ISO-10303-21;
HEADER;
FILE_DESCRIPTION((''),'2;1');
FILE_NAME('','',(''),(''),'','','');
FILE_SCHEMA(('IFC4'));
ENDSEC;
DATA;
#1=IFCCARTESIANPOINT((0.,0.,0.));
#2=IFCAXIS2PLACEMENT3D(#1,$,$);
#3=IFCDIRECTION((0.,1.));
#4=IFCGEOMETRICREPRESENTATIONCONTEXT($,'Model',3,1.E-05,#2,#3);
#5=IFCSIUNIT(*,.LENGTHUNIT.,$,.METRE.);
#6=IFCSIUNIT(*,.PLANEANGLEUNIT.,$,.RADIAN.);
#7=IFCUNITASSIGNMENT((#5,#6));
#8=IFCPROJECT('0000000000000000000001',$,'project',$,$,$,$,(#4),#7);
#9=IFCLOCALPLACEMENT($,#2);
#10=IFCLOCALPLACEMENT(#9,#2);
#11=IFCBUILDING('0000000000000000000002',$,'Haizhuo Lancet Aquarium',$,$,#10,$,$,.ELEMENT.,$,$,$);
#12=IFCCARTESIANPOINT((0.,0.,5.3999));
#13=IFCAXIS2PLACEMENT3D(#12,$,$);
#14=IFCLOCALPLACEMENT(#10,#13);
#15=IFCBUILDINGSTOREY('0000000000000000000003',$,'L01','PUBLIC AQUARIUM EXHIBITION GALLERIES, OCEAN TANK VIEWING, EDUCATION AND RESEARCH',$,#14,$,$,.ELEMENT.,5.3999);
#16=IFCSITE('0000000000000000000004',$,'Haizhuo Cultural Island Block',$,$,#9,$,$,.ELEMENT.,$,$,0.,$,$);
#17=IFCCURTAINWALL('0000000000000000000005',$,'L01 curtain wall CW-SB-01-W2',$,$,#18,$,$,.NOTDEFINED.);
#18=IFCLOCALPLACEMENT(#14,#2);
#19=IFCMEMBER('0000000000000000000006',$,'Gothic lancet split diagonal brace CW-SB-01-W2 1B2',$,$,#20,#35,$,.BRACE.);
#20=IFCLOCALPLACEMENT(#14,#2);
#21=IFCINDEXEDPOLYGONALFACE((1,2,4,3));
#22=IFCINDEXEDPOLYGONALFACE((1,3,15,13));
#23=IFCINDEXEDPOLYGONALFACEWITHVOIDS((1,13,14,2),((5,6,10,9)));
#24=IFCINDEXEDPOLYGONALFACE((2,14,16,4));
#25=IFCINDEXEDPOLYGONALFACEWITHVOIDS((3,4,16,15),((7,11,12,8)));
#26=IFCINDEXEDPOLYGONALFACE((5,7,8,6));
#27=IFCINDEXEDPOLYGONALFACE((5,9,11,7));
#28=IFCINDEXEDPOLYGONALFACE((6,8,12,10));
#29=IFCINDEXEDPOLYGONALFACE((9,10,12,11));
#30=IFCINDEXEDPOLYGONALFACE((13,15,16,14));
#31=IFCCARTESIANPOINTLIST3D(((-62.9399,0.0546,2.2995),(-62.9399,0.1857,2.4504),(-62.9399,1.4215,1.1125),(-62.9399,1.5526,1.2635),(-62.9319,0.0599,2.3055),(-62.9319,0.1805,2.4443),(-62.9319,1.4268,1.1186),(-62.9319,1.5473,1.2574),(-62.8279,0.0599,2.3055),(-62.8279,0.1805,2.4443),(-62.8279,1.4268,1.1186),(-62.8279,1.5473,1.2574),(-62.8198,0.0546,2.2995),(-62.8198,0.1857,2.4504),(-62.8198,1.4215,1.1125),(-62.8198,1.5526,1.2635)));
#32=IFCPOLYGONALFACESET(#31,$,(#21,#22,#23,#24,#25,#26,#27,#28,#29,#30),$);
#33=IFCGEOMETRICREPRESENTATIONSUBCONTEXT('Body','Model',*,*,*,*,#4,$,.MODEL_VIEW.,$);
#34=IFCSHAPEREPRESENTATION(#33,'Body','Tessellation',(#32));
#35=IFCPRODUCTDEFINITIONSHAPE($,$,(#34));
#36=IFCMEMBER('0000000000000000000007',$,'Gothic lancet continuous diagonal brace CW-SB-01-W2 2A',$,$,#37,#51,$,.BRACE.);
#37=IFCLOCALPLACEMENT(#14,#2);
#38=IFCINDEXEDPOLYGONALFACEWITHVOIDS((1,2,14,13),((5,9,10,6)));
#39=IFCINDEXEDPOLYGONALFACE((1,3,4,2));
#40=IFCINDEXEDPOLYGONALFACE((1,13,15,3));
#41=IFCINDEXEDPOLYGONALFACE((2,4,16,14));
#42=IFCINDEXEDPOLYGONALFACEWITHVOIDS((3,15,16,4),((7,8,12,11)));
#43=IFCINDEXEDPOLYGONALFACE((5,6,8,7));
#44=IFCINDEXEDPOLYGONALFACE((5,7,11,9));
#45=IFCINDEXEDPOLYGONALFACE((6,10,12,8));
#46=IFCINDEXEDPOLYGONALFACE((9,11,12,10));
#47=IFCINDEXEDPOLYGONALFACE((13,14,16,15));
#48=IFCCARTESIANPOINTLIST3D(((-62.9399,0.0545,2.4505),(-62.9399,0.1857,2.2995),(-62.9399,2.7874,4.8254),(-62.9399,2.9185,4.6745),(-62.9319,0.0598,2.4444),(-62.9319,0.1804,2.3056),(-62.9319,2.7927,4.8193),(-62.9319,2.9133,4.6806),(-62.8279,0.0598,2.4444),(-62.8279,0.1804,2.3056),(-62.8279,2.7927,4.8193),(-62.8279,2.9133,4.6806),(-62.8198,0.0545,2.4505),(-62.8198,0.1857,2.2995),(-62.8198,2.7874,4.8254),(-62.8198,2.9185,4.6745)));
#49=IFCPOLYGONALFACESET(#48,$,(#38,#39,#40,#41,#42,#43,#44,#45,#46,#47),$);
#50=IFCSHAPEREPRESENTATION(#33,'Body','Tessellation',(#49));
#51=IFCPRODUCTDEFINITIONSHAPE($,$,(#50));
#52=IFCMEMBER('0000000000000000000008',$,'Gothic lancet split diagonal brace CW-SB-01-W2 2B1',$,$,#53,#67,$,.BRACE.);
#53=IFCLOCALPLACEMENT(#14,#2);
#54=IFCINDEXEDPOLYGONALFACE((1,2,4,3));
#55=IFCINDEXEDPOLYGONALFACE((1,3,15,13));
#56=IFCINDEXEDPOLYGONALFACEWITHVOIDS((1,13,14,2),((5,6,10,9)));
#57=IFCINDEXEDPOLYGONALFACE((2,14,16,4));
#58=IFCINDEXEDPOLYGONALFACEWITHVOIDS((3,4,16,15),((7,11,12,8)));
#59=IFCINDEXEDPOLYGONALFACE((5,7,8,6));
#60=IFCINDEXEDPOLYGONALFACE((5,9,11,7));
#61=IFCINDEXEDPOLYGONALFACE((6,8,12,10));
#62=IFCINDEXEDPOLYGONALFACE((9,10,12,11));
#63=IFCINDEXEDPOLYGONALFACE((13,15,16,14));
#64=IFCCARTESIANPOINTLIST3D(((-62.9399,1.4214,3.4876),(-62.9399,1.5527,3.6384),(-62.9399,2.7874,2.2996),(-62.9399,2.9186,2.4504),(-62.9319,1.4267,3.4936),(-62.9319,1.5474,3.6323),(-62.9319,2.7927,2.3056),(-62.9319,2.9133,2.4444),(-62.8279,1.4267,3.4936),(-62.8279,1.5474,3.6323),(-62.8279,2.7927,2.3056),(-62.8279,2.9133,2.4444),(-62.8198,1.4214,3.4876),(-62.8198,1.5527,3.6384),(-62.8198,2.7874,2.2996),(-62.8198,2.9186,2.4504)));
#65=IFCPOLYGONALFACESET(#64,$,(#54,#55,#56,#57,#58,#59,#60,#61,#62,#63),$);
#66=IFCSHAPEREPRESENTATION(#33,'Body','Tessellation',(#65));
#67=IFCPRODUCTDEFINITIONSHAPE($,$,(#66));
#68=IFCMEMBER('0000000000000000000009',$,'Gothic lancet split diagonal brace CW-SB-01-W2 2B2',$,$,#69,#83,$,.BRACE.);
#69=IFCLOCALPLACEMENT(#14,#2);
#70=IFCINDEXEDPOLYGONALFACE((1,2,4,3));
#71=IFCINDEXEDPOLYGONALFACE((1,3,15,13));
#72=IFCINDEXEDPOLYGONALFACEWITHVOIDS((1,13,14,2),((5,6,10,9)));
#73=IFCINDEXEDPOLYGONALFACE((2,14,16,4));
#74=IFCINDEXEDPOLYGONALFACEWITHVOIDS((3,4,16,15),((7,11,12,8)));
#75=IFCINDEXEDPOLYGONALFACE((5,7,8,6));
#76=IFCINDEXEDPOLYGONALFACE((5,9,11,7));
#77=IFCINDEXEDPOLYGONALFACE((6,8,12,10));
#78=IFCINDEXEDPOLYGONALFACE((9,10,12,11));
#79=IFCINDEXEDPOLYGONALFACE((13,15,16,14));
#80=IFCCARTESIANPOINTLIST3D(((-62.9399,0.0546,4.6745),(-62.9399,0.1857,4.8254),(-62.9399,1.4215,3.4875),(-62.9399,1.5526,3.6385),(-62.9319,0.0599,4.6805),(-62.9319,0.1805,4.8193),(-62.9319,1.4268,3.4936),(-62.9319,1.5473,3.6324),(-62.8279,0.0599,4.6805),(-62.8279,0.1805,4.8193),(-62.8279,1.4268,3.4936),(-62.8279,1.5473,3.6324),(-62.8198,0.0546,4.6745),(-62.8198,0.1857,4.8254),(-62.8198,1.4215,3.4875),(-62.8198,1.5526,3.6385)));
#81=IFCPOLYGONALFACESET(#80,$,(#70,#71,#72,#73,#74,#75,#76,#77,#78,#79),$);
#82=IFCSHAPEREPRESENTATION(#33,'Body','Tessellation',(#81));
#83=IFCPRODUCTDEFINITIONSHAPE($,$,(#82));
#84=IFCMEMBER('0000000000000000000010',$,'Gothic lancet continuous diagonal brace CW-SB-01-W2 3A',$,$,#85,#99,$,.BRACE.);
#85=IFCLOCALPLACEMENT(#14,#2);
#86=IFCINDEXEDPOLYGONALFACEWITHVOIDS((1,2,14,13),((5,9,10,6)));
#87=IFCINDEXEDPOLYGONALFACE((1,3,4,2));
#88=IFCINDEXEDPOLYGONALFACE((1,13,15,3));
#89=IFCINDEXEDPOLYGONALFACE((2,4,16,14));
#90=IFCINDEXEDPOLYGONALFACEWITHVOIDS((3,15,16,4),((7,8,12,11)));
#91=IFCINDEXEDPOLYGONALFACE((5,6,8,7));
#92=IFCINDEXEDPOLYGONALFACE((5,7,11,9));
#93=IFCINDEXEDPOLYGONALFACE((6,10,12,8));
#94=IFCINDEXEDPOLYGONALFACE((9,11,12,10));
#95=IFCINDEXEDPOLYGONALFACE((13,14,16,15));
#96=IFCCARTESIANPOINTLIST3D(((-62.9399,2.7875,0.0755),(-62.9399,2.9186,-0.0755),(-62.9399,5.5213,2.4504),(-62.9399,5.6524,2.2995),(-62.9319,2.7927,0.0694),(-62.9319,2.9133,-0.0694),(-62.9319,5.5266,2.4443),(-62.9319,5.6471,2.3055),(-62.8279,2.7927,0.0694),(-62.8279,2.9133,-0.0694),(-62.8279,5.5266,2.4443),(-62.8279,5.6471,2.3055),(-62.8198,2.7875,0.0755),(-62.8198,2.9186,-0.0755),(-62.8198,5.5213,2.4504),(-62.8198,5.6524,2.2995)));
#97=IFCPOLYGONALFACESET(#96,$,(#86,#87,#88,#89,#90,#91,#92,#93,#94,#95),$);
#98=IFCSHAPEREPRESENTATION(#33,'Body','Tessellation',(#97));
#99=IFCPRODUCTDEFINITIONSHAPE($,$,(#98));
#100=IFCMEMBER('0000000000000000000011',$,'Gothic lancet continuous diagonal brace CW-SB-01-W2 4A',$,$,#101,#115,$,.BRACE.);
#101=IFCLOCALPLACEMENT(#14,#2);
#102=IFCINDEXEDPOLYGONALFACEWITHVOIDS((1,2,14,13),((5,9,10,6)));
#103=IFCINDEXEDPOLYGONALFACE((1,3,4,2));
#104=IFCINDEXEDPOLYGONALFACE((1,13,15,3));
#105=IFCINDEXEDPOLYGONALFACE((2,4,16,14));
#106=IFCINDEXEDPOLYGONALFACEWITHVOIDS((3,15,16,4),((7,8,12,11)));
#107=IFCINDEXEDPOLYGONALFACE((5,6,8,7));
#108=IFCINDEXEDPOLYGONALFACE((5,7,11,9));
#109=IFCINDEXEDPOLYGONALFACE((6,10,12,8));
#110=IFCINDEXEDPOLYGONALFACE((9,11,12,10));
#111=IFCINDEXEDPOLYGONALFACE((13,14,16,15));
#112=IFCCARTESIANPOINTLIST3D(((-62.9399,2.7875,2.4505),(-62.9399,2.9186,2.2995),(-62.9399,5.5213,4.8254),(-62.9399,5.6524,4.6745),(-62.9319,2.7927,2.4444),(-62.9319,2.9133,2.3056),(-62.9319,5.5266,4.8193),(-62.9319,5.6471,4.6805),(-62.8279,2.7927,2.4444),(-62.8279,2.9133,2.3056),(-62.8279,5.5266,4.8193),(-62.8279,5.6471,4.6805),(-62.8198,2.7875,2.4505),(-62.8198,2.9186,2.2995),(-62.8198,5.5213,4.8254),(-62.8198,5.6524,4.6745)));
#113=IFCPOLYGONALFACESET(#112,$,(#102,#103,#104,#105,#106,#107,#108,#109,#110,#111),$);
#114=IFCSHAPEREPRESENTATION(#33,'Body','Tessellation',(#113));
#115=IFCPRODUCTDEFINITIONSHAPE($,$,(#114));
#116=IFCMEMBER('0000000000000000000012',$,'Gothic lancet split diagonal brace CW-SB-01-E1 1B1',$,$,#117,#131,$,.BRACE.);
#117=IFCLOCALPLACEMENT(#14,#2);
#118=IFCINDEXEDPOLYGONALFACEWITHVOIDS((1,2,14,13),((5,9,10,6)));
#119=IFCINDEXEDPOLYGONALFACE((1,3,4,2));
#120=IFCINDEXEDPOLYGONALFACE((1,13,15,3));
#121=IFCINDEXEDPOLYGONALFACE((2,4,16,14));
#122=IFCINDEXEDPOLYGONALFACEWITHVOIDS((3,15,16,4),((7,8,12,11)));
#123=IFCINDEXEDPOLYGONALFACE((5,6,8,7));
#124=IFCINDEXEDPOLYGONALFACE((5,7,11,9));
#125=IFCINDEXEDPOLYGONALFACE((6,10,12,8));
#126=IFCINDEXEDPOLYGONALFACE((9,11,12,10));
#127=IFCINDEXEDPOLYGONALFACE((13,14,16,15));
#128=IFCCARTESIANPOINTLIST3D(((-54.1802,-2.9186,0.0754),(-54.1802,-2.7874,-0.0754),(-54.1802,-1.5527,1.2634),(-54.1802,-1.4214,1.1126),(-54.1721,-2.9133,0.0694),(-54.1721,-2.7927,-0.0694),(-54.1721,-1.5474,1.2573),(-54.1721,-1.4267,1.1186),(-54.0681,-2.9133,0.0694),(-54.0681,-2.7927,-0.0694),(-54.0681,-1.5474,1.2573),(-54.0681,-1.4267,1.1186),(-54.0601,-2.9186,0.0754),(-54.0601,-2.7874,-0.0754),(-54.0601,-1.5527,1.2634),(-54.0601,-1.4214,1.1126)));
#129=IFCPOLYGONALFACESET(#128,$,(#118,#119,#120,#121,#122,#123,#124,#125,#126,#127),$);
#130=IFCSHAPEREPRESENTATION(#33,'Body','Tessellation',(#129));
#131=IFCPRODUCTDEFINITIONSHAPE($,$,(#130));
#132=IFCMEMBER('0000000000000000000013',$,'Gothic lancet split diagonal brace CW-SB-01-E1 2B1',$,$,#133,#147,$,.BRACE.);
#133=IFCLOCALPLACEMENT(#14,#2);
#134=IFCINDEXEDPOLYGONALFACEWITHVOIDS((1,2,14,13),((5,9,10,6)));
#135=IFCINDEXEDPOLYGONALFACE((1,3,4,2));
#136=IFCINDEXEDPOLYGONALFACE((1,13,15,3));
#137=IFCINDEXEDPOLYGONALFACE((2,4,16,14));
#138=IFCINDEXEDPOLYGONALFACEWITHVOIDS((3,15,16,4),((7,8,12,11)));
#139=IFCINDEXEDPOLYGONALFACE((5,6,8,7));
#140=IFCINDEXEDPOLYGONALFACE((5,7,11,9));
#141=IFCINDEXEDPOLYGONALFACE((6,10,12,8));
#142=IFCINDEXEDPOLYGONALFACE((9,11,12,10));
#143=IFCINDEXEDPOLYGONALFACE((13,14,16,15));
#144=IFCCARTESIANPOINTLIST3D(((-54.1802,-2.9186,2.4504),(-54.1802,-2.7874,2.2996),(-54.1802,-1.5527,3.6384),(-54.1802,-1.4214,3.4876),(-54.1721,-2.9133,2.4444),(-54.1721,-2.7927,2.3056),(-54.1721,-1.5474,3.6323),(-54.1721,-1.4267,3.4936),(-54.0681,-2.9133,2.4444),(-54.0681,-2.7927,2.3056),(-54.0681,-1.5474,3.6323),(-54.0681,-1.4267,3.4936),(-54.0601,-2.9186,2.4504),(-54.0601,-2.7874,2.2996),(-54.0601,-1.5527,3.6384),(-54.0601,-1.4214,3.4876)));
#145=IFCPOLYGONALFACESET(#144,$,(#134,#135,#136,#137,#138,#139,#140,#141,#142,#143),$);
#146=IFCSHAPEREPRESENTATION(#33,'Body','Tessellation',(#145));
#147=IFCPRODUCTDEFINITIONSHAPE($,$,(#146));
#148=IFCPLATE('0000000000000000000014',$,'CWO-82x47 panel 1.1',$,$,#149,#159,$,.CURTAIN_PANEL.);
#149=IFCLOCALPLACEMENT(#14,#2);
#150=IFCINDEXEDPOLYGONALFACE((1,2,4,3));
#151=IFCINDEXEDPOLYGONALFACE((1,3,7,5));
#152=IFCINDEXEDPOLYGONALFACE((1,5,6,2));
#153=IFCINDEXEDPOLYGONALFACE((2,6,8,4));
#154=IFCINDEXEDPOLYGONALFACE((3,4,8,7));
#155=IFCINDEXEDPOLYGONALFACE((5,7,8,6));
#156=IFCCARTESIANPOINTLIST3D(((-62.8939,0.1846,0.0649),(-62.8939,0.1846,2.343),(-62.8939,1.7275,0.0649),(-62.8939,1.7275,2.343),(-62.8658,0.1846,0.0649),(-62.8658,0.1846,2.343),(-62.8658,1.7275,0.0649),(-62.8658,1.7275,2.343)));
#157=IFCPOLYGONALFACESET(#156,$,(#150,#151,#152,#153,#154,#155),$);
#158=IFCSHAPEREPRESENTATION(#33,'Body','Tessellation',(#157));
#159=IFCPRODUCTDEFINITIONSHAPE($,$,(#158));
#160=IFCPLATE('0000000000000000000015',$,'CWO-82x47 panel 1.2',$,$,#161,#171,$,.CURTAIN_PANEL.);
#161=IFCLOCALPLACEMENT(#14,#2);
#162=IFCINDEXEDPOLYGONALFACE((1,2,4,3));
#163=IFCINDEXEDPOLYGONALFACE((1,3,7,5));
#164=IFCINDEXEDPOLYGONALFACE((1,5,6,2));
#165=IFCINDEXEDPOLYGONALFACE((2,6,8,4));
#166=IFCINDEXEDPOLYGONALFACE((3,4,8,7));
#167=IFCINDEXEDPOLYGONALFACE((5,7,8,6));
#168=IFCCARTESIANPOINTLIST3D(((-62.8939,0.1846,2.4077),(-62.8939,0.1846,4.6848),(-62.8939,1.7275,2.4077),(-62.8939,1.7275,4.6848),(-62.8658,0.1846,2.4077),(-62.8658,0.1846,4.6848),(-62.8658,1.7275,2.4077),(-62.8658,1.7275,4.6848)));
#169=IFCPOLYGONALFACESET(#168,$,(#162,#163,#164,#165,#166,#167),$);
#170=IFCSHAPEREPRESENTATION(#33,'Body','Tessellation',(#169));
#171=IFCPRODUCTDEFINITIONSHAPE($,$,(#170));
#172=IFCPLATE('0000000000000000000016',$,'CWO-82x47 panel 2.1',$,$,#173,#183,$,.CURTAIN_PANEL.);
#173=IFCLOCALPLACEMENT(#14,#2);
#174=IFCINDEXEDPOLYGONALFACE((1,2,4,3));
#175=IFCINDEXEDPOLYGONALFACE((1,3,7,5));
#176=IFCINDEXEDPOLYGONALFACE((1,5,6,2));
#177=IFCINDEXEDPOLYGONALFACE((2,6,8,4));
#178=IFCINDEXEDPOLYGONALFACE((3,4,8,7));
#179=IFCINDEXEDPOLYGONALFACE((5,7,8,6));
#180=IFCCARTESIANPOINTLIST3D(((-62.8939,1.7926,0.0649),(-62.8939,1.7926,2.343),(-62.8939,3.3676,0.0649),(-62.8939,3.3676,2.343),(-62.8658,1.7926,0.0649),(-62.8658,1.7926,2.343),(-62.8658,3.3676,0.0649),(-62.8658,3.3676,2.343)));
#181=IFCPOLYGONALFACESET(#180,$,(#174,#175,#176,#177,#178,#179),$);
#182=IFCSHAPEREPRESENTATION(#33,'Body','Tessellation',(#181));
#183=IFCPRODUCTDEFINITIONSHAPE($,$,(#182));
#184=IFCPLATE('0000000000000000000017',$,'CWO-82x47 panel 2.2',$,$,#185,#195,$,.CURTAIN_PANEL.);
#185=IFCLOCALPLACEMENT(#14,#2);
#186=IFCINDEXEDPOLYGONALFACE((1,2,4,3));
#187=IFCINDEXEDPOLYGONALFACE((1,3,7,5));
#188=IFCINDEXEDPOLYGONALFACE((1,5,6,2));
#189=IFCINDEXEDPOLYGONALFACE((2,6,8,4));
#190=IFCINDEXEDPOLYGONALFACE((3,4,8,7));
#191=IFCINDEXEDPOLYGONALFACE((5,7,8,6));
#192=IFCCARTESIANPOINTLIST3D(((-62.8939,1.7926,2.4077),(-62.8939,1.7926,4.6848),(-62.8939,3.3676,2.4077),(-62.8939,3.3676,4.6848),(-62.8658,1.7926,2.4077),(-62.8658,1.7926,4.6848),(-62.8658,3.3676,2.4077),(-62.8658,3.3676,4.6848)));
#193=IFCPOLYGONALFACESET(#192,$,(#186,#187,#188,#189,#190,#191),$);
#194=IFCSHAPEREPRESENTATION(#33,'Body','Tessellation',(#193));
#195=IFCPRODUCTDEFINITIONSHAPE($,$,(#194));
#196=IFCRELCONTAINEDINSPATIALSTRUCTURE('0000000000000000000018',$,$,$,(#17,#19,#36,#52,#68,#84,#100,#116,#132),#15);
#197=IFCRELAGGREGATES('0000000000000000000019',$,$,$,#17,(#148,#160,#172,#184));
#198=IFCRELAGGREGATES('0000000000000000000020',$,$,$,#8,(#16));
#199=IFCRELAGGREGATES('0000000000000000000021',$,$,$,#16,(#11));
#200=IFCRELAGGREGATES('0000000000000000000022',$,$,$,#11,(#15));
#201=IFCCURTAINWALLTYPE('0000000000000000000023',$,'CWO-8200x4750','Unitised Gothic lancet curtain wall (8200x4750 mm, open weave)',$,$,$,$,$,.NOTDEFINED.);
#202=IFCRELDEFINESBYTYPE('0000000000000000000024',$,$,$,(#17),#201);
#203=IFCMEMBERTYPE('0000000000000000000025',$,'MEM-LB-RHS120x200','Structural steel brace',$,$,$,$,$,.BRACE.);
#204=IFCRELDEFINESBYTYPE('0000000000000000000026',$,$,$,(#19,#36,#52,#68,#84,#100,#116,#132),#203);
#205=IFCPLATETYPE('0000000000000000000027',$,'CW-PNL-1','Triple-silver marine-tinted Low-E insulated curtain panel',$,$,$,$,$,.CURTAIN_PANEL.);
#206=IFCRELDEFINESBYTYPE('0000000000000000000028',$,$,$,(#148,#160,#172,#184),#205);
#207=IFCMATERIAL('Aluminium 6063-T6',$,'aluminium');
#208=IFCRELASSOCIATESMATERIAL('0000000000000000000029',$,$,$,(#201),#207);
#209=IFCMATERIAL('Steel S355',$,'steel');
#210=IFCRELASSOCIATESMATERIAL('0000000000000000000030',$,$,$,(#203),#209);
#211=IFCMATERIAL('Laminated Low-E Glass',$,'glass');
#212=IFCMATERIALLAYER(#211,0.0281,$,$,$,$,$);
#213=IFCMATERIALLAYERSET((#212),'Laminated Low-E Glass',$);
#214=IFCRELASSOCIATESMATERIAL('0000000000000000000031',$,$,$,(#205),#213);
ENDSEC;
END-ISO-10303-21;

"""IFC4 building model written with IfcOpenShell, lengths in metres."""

from ifc_helpers import new_model, si_unit, direction, frame, origin, origin_2d, place, context, subcontext, project, spatial, rectangle, hollow_rectangle, extrude, material, layer, layer_set, material_profile, profile_set, type_object, element, aggregate, save


model = new_model("IFC4")

# Units and contexts
model_context = context("Model", 3, precision=1e-05, world=origin(), true_north=direction((0.0, 1.0)))
body_context = subcontext(model_context, "Body", "Model", "MODEL_VIEW")
ifc_project = project(units=[si_unit("LENGTHUNIT", "METRE"), si_unit("PLANEANGLEUNIT", "RADIAN")], contexts=[model_context])

# Site, building, storey
site_placement = place(None, origin())
site = spatial("IfcSite", under=ifc_project, at=site_placement, Name="Haizhuo Cultural Island Block", CompositionType="ELEMENT", RefElevation=0.0)
building_placement = place(site_placement, origin())
building = spatial("IfcBuilding", under=site, at=building_placement, Name="Haizhuo Lancet Aquarium", CompositionType="ELEMENT")
storey_placement = place(building_placement, frame((0.0, 0.0, 5.3999)))
storey = spatial("IfcBuildingStorey", under=building, at=storey_placement, Name="L01", Description="PUBLIC AQUARIUM EXHIBITION GALLERIES, OCEAN TANK VIEWING, EDUCATION AND RESEARCH", CompositionType="ELEMENT", Elevation=5.3999)

# Curtain wall
ifc_material_1 = material(Name="Aluminium 6063-T6", Category="aluminium")
curtain_wall_type = type_object("IfcCurtainWallType", Name="CWO-8200x4750", Description="Unitised Gothic lancet curtain wall (8200x4750 mm, open weave)", PredefinedType="NOTDEFINED", material=ifc_material_1)
curtain_wall_1_placement = place(storey_placement, origin())
curtain_wall_1 = element("IfcCurtainWall", 1, at=curtain_wall_1_placement, inside=storey, type_object=curtain_wall_type, Name="L01 curtain wall CW-SB-01-W2", PredefinedType="NOTDEFINED")

# Members
ifc_material_2 = material(Name="Steel S355", Category="steel")
ifc_material_profile_1 = material_profile(ifc_material_2, hollow_rectangle(XDim=0.1201, YDim=0.2, WallThickness=0.0081, at=origin_2d()), Name="RHS 120x200x8")
ifc_profile_set_1 = profile_set([ifc_material_profile_1], Name="Steel S355")
member_type_1 = type_object("IfcMemberType", Name="MEM-LB-RHS120x200", Description="Structural steel brace", PredefinedType="BRACE", material=ifc_profile_set_1)
for number, where, z_axis, x_axis, name in (
    (2, (-62.8799, 1.4871, 1.188), (0.0, -0.755052, 0.655664), (1.0, 0.0, 0.0), "Gothic lancet split diagonal brace CW-SB-01-W2 1B2"),
):
    element("IfcMember", number, at=place(storey_placement, frame(where, z_axis=z_axis, x_axis=x_axis)), inside=storey, type_object=member_type_1, Name=name, PredefinedType="BRACE", context=body_context, shape_type="SweptSolid", body=[
        extrude(hollow_rectangle(XDim=0.1201, YDim=0.2, WallThickness=0.0081, at=origin_2d()), origin(), (0.0, 0.0, 1.0), 1.8103),
    ])
member_1_placement = place(storey_placement, frame((-62.8799, 0.1201, 2.375), z_axis=(0.0, 0.754803, 0.655952), x_axis=(-1.0, 0.0, 0.0)))
element("IfcMember", 3, at=member_1_placement, inside=storey, type_object=member_type_1, Name="Gothic lancet continuous diagonal brace CW-SB-01-W2 2A", PredefinedType="BRACE", context=body_context, shape_type="SweptSolid", body=[
    extrude(hollow_rectangle(XDim=0.1201, YDim=0.2, WallThickness=0.0081, at=origin_2d()), origin(), (0.0, 0.0, 1.0), 3.6206),
])
for number, where, z_axis, x_axis, name in (
    (4, (-62.8799, 2.853, 2.375), (0.0, -0.754553, 0.656239), (1.0, 0.0, 0.0), "Gothic lancet split diagonal brace CW-SB-01-W2 2B1"),
    (5, (-62.8799, 1.4871, 3.563), (0.0, -0.755052, 0.655664), (1.0, 0.0, 0.0), "Gothic lancet split diagonal brace CW-SB-01-W2 2B2"),
):
    element("IfcMember", number, at=place(storey_placement, frame(where, z_axis=z_axis, x_axis=x_axis)), inside=storey, type_object=member_type_1, Name=name, PredefinedType="BRACE", context=body_context, shape_type="SweptSolid", body=[
        extrude(hollow_rectangle(XDim=0.1201, YDim=0.2, WallThickness=0.0081, at=origin_2d()), origin(), (0.0, 0.0, 1.0), 1.8103),
    ])
for number, where, z_axis, x_axis, name in (
    (6, (-62.8799, 2.853, 0.0), (0.0, 0.754919, 0.655818), (-1.0, 0.0, 0.0), "Gothic lancet continuous diagonal brace CW-SB-01-W2 3A"),
    (7, (-62.8799, 2.853, 2.375), (0.0, 0.754919, 0.655818), (-1.0, 0.0, 0.0), "Gothic lancet continuous diagonal brace CW-SB-01-W2 4A"),
):
    element("IfcMember", number, at=place(storey_placement, frame(where, z_axis=z_axis, x_axis=x_axis)), inside=storey, type_object=member_type_1, Name=name, PredefinedType="BRACE", context=body_context, shape_type="SweptSolid", body=[
        extrude(hollow_rectangle(XDim=0.1201, YDim=0.2, WallThickness=0.0081, at=origin_2d()), origin(), (0.0, 0.0, 1.0), 3.6213),
    ])
for number, where, z_axis, x_axis, name in (
    (8, (-54.1201, -2.853, 0.0), (0.0, 0.754553, 0.656239), (-1.0, 0.0, 0.0), "Gothic lancet split diagonal brace CW-SB-01-E1 1B1"),
    (9, (-54.1201, -2.853, 2.375), (0.0, 0.754553, 0.656239), (-1.0, 0.0, 0.0), "Gothic lancet split diagonal brace CW-SB-01-E1 2B1"),
):
    element("IfcMember", number, at=place(storey_placement, frame(where, z_axis=z_axis, x_axis=x_axis)), inside=storey, type_object=member_type_1, Name=name, PredefinedType="BRACE", context=body_context, shape_type="SweptSolid", body=[
        extrude(hollow_rectangle(XDim=0.1201, YDim=0.2, WallThickness=0.0081, at=origin_2d()), origin(), (0.0, 0.0, 1.0), 1.8103),
    ])

# Plates
ifc_material_3 = material(Name="Laminated Low-E Glass", Category="glass")
ifc_layer = layer(ifc_material_3, 0.0281)
ifc_layer_set = layer_set([ifc_layer], Name="Laminated Low-E Glass")
plate_type = type_object("IfcPlateType", Name="CW-PNL-1", Description="Triple-silver marine-tinted Low-E insulated curtain panel", PredefinedType="CURTAIN_PANEL", material=ifc_layer_set)
plate_1_placement = place(storey_placement, frame((-62.8799, 0.9561, 0.0649), z_axis=(0.0, 0.0, 1.0), x_axis=(0.0, 1.0, 0.0)))
plate_1 = element("IfcPlate", 10, at=plate_1_placement, type_object=plate_type, Name="CWO-82x47 panel 1.1", PredefinedType="CURTAIN_PANEL", context=body_context, shape_type="SweptSolid", body=[
    extrude(rectangle(XDim=1.543, YDim=0.0281, at=origin_2d()), origin(), (0.0, 0.0, 1.0), 2.2781),
])
plate_2_placement = place(storey_placement, frame((-62.8799, 0.9561, 2.4077), z_axis=(0.0, 0.0, 1.0), x_axis=(0.0, 1.0, 0.0)))
plate_2 = element("IfcPlate", 11, at=plate_2_placement, type_object=plate_type, Name="CWO-82x47 panel 1.2", PredefinedType="CURTAIN_PANEL", context=body_context, shape_type="SweptSolid", body=[
    extrude(rectangle(XDim=1.543, YDim=0.0281, at=origin_2d()), origin(), (0.0, 0.0, 1.0), 2.2771),
])
plate_3_placement = place(storey_placement, frame((-62.8799, 2.5801, 0.0649), z_axis=(0.0, 0.0, 1.0), x_axis=(0.0, 1.0, 0.0)))
plate_3 = element("IfcPlate", 12, at=plate_3_placement, type_object=plate_type, Name="CWO-82x47 panel 2.1", PredefinedType="CURTAIN_PANEL", context=body_context, shape_type="SweptSolid", body=[
    extrude(rectangle(XDim=1.575, YDim=0.0281, at=origin_2d()), origin(), (0.0, 0.0, 1.0), 2.2781),
])
plate_4_placement = place(storey_placement, frame((-62.8799, 2.5801, 2.4077), z_axis=(0.0, 0.0, 1.0), x_axis=(0.0, 1.0, 0.0)))
plate_4 = element("IfcPlate", 13, at=plate_4_placement, type_object=plate_type, Name="CWO-82x47 panel 2.2", PredefinedType="CURTAIN_PANEL", context=body_context, shape_type="SweptSolid", body=[
    extrude(rectangle(XDim=1.575, YDim=0.0281, at=origin_2d()), origin(), (0.0, 0.0, 1.0), 2.2771),
])
aggregate(curtain_wall_1, [plate_1, plate_2, plate_3, plate_4])

save(model, "model.ifc")
